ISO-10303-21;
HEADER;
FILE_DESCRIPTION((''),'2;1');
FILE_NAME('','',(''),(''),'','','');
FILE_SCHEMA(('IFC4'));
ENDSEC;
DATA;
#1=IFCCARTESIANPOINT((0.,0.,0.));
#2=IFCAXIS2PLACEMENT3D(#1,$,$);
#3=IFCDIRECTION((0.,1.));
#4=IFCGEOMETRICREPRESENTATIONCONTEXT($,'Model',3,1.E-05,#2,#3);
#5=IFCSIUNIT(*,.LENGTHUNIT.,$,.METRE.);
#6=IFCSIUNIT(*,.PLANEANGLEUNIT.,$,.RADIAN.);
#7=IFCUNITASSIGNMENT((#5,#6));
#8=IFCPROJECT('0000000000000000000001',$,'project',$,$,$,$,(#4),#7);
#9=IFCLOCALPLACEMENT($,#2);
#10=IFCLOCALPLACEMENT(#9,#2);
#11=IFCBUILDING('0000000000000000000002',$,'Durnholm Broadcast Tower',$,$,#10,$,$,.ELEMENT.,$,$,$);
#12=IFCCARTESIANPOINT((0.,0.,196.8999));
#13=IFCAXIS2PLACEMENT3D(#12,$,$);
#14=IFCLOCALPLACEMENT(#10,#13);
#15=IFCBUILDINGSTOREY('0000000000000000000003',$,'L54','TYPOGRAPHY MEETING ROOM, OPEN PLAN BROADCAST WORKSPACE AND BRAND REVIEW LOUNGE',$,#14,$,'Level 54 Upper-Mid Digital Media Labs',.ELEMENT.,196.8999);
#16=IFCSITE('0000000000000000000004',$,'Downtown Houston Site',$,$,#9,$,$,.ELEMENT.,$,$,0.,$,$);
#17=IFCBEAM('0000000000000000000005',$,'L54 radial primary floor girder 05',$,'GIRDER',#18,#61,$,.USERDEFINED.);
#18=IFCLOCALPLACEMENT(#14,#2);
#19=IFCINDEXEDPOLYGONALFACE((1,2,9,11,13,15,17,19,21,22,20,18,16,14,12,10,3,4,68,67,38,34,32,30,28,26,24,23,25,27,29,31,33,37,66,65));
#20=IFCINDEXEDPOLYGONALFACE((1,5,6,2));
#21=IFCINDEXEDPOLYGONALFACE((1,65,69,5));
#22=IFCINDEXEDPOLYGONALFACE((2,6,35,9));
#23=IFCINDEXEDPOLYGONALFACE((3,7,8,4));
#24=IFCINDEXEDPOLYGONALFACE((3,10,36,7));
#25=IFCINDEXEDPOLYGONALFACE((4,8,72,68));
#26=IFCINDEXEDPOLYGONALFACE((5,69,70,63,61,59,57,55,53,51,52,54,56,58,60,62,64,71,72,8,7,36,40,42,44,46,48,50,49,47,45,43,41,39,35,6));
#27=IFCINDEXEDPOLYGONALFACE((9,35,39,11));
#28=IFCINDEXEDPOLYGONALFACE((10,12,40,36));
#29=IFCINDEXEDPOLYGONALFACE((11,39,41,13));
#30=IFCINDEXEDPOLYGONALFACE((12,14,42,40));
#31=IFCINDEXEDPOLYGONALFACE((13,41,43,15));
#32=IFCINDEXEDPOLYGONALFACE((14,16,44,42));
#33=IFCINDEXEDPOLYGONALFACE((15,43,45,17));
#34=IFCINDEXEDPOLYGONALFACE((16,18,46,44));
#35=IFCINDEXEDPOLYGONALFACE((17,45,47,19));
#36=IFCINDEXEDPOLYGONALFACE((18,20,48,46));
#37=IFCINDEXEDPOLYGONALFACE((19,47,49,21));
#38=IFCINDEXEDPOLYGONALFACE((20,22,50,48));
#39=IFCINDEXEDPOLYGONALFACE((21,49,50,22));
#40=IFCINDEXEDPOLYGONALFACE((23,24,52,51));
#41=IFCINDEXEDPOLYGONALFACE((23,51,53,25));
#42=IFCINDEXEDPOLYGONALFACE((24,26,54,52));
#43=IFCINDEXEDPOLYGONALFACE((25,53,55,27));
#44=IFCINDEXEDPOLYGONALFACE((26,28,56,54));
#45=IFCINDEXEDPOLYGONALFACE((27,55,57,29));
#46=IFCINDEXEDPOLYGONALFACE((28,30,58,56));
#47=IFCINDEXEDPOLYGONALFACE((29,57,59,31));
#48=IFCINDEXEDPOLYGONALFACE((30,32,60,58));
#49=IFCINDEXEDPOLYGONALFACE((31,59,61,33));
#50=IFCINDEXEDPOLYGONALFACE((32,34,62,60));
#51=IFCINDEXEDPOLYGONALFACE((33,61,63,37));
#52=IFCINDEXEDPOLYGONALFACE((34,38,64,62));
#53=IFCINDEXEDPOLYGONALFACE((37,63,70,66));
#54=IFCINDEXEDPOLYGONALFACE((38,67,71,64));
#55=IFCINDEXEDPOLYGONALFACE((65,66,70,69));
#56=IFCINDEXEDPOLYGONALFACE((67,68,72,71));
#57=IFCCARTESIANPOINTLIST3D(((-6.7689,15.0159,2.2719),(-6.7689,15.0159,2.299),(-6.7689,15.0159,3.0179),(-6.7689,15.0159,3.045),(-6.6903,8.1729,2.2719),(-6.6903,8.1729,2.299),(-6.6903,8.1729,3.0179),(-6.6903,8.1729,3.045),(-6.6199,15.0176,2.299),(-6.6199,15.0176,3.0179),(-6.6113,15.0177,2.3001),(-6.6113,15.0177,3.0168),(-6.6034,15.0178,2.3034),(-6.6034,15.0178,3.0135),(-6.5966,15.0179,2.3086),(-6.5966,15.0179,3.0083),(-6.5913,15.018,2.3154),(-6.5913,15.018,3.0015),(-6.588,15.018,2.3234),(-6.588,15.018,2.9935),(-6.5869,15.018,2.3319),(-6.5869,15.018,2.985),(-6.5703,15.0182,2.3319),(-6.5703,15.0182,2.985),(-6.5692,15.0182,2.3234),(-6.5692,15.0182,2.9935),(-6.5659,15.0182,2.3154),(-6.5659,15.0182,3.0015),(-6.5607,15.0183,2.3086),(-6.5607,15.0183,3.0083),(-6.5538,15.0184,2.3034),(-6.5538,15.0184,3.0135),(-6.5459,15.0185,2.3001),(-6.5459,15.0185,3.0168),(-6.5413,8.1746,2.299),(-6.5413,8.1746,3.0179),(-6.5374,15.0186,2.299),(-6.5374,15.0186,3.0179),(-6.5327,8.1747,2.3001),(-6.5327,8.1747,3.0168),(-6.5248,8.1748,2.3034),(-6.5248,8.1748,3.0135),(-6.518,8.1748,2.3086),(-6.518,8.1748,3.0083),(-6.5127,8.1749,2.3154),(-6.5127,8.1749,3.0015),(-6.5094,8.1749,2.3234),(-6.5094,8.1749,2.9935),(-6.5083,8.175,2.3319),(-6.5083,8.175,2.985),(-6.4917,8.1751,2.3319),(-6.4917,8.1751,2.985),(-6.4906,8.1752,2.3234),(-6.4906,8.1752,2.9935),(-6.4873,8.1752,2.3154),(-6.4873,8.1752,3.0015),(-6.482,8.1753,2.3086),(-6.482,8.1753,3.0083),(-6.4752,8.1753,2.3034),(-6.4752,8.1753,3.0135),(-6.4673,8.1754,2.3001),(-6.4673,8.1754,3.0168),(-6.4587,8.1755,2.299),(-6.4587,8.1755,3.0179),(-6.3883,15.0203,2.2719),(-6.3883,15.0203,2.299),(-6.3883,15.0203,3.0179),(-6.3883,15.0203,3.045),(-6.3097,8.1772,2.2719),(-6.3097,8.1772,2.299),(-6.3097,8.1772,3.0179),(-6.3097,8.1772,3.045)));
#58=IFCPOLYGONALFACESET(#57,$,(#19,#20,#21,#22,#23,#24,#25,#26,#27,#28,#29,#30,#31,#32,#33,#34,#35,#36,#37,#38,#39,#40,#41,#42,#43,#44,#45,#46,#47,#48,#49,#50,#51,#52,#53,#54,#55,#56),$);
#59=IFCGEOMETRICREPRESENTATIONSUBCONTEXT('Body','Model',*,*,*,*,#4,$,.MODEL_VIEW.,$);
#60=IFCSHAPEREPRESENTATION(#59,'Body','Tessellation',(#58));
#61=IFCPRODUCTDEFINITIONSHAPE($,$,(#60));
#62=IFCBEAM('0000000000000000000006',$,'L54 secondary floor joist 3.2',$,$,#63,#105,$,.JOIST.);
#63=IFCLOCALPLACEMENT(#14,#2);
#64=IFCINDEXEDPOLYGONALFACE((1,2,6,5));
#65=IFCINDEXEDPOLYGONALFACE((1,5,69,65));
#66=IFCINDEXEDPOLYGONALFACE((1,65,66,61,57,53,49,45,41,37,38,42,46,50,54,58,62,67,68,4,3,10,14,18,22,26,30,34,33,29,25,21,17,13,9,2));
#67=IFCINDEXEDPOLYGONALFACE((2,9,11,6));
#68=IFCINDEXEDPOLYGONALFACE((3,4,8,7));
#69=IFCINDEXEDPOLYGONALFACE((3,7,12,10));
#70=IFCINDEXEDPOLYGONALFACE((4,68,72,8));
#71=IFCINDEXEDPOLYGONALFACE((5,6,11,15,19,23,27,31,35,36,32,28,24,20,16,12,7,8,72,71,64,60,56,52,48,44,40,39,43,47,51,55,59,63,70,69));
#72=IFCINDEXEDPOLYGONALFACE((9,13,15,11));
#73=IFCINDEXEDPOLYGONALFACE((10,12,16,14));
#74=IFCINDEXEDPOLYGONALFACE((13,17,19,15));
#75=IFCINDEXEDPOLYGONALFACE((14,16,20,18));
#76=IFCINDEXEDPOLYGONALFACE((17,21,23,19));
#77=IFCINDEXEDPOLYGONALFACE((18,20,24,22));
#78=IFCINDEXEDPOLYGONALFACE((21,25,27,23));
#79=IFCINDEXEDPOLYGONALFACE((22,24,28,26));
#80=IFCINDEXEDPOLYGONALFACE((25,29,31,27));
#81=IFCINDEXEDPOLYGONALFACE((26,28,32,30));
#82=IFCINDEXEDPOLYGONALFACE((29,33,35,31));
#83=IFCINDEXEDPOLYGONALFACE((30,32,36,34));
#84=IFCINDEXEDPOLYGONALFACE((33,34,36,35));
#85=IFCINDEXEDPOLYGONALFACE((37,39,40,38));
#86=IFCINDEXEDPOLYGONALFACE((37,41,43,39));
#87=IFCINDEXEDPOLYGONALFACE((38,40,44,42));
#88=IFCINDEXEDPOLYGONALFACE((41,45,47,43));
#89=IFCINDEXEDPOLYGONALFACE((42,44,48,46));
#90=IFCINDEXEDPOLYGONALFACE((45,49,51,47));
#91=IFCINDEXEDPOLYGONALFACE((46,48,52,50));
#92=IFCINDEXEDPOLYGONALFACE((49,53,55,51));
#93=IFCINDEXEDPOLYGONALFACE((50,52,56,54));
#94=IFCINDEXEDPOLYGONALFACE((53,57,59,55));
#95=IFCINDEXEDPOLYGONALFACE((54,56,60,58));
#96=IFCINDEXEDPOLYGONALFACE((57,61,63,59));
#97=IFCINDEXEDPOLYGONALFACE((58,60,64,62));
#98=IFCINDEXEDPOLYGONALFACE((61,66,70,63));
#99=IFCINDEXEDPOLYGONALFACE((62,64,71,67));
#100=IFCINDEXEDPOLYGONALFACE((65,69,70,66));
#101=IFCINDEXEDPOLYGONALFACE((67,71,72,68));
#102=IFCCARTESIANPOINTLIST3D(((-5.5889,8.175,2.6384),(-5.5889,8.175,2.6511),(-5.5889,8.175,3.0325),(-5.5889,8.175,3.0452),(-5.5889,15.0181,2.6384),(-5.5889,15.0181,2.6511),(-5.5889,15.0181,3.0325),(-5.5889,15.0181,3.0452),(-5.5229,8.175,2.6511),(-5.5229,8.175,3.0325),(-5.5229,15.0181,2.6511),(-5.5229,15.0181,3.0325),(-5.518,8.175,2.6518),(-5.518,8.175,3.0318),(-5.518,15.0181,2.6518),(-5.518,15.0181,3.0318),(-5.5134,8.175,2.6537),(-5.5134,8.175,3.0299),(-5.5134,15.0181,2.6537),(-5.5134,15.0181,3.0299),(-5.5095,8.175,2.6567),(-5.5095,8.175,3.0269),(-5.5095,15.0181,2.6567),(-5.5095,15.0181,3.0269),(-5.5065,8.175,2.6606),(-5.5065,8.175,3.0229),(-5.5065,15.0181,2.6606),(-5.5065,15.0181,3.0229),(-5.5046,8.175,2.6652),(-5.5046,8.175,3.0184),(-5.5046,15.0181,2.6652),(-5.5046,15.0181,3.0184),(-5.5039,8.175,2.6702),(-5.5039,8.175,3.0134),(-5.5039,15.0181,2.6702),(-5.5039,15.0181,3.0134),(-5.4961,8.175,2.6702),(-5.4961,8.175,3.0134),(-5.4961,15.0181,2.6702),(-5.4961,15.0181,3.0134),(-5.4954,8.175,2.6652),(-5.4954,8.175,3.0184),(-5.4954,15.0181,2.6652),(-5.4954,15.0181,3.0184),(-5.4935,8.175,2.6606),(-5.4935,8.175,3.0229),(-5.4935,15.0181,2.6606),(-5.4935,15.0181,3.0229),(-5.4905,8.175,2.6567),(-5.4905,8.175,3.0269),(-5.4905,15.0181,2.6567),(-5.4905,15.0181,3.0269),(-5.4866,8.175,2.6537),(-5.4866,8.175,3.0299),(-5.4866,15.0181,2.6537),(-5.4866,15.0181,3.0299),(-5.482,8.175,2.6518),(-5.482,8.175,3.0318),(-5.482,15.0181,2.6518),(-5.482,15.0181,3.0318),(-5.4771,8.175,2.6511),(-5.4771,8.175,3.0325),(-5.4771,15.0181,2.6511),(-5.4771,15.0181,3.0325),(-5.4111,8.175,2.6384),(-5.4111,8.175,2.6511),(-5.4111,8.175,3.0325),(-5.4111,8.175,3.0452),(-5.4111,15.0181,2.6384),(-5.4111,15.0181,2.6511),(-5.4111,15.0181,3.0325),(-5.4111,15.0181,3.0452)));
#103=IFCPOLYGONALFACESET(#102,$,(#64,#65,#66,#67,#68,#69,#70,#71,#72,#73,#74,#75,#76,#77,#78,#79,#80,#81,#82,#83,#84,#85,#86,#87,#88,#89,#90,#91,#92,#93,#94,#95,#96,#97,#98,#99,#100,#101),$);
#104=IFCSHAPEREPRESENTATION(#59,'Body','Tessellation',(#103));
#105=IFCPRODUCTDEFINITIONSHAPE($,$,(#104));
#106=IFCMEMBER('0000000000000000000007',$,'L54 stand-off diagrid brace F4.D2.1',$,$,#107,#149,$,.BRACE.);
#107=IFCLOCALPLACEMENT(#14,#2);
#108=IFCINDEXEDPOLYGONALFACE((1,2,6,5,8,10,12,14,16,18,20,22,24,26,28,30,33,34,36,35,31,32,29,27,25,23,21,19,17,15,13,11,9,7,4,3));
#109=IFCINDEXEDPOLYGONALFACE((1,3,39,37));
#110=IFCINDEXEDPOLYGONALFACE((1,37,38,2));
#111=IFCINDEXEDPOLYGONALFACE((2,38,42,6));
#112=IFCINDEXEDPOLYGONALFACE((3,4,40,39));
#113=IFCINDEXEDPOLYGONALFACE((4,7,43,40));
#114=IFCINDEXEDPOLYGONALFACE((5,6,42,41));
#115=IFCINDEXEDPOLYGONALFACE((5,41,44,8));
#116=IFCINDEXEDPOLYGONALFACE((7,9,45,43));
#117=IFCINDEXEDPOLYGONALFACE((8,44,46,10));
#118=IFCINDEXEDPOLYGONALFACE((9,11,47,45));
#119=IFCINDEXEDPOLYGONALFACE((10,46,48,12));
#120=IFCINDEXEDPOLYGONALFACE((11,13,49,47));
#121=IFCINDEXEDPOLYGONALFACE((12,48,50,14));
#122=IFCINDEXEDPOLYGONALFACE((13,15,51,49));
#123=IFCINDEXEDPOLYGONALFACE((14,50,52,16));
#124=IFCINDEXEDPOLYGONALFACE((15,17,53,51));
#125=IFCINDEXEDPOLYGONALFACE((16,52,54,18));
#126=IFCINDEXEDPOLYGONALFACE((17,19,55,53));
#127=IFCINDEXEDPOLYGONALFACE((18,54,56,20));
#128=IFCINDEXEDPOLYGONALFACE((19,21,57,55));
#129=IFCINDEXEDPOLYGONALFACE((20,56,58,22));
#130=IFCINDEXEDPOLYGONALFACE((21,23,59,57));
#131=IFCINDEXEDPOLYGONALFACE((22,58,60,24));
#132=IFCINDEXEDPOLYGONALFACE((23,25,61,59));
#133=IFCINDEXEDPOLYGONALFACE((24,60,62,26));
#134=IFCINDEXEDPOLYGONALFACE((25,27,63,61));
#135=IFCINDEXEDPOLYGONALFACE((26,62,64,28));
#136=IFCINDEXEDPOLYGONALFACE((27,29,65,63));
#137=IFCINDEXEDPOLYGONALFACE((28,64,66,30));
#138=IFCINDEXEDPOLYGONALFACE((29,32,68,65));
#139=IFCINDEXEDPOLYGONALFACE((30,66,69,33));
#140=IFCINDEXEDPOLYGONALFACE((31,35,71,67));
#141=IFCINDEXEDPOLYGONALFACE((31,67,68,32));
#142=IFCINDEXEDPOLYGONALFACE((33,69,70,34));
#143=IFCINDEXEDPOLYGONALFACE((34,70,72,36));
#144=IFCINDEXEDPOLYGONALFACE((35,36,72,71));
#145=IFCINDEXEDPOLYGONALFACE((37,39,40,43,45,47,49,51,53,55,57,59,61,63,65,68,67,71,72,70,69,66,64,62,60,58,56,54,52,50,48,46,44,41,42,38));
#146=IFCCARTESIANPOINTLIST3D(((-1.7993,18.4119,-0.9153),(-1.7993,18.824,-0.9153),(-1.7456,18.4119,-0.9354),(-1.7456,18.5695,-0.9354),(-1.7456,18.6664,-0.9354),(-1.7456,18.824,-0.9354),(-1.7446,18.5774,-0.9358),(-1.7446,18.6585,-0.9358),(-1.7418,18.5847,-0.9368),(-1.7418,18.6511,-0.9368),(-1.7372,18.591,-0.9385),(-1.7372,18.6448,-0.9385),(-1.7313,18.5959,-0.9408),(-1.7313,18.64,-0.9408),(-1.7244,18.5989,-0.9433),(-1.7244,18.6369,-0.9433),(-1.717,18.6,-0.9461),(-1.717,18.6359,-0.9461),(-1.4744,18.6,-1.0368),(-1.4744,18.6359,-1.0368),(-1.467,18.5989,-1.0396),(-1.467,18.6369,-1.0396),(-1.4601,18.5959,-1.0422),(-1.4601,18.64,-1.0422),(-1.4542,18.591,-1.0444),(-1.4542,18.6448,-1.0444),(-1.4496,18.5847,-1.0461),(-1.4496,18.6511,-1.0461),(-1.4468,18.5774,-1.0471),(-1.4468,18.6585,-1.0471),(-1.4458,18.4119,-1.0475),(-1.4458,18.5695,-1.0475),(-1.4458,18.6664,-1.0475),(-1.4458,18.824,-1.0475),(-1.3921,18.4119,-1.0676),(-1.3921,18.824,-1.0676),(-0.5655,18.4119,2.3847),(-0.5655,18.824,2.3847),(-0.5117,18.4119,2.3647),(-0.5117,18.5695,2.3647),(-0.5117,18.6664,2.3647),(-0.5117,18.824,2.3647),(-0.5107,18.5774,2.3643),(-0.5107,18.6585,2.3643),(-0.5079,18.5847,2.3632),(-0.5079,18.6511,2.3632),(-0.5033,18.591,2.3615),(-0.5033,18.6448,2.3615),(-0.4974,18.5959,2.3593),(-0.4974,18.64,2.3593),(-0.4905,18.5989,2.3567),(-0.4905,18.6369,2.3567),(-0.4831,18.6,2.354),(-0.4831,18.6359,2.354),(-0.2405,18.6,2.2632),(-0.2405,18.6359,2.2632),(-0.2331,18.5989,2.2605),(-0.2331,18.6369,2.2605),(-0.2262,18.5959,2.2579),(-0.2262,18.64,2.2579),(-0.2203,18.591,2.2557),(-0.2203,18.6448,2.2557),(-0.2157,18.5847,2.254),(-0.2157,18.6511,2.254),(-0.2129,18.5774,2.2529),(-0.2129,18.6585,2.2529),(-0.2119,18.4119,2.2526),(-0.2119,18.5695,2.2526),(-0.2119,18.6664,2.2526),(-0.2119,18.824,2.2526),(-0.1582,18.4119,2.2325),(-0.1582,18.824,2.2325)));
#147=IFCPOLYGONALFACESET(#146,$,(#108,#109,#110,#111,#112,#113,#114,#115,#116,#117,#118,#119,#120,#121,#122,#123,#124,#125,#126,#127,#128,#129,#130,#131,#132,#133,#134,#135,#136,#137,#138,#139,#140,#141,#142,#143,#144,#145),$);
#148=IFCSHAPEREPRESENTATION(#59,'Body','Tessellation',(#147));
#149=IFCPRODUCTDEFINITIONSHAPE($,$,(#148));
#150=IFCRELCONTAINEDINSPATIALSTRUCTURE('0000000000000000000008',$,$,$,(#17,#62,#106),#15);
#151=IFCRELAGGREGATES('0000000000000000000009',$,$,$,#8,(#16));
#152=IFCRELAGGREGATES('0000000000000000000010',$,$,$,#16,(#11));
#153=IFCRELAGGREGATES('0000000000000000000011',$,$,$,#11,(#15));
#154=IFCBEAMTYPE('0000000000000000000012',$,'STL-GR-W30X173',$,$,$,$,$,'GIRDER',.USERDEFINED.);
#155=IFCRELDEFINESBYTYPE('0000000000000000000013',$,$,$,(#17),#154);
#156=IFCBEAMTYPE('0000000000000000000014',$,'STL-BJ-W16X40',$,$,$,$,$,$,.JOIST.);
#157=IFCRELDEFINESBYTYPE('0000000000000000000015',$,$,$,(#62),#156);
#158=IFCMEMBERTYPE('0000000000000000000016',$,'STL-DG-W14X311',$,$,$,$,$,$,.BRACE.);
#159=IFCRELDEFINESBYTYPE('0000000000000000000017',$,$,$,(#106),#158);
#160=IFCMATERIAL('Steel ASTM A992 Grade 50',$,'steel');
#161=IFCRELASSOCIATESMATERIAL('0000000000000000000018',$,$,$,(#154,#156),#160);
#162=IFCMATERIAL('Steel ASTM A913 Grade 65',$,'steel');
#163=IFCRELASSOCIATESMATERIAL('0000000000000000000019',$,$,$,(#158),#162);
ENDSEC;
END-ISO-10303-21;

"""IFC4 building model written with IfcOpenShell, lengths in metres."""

from ifc_helpers import new_model, si_unit, direction, frame, origin, origin_2d, place, context, subcontext, project, spatial, i_section, extrude, source, transform, mapped, material, material_profile, profile_set, type_object, type_shapes, element, save


model = new_model("IFC4")

# Units and contexts
model_context = context("Model", 3, precision=1e-05, world=origin(), true_north=direction((0.0, 1.0)))
body_context = subcontext(model_context, "Body", "Model", "MODEL_VIEW")
ifc_project = project(units=[si_unit("LENGTHUNIT", "METRE"), si_unit("PLANEANGLEUNIT", "RADIAN")], contexts=[model_context])

# Site, building, storey
site_placement = place(None, origin())
site = spatial("IfcSite", under=ifc_project, at=site_placement, Name="Downtown Houston Site", CompositionType="ELEMENT", RefElevation=0.0)
building_placement = place(site_placement, origin())
building = spatial("IfcBuilding", under=site, at=building_placement, Name="Durnholm Broadcast Tower", CompositionType="ELEMENT")
storey_placement = place(building_placement, frame((0.0, 0.0, 196.8999)))
storey = spatial("IfcBuildingStorey", under=building, at=storey_placement, Name="L54", Description="TYPOGRAPHY MEETING ROOM, OPEN PLAN BROADCAST WORKSPACE AND BRAND REVIEW LOUNGE", LongName="Level 54 Upper-Mid Digital Media Labs", CompositionType="ELEMENT", Elevation=196.8999)

# Beams
ifc_material_1 = material(Name="Steel ASTM A992 Grade 50", Category="steel")
ifc_material_profile_1 = material_profile(ifc_material_1, i_section(OverallWidth=0.3806, OverallDepth=0.7732, WebThickness=0.0166, FlangeThickness=0.0271, FilletRadius=0.033, at=origin_2d()), Name="W30X173")
ifc_profile_set_1 = profile_set([ifc_material_profile_1], Name="Steel ASTM A992 Grade 50")
beam_type_1 = type_object("IfcBeamType", Name="STL-GR-W30X173", ElementType="GIRDER", PredefinedType="USERDEFINED", material=ifc_profile_set_1)
shared_shape_1 = source(origin(), body_context, "Body", "SweptSolid", [
    extrude(i_section(OverallWidth=0.3806, OverallDepth=0.7732, WebThickness=0.0166, FlangeThickness=0.0271, FilletRadius=0.033, at=origin_2d()), origin(), (0.0, 0.0, 1.0), 6.8435),
])
beam_1_placement = place(storey_placement, frame((-6.5, 8.175, 2.6584), z_axis=(-0.011487, 0.999934, 0.0), x_axis=(-0.999934, -0.011487, 0.0)))
element("IfcBeam", 1, at=beam_1_placement, inside=storey, type_object=beam_type_1, Name="L54 radial primary floor girder 05", ObjectType="GIRDER", PredefinedType="USERDEFINED", context=body_context, shape_type="MappedRepresentation", body=[
    mapped(shared_shape_1, transform((0.0, 0.0, 0.0), x_axis=(1.0, 0.0, 0.0), y_axis=(0.0, 1.0, 0.0), z_axis=(0.0, 0.0, 1.0), scale=1.0)),
])
ifc_material_profile_2 = material_profile(ifc_material_1, i_section(OverallWidth=0.1777, OverallDepth=0.4067, WebThickness=0.0078, FlangeThickness=0.0127, FilletRadius=0.019, at=origin_2d()), Name="W16X40")
ifc_profile_set_2 = profile_set([ifc_material_profile_2], Name="Steel ASTM A992 Grade 50")
beam_type_2 = type_object("IfcBeamType", Name="STL-BJ-W16X40", PredefinedType="JOIST", material=ifc_profile_set_2)
shared_shape_2 = source(origin(), body_context, "Body", "SweptSolid", [
    extrude(i_section(OverallWidth=0.1777, OverallDepth=0.4067, WebThickness=0.0078, FlangeThickness=0.0127, FilletRadius=0.019, at=origin_2d()), origin(), (0.0, 0.0, 1.0), 6.843),
])
type_shapes(beam_type_2, [shared_shape_2])
beam_2_placement = place(storey_placement, frame((-5.5, 8.175, 2.8418), z_axis=(0.0, 1.0, 0.0), x_axis=(-1.0, 0.0, 0.0)))
element("IfcBeam", 2, at=beam_2_placement, inside=storey, type_object=beam_type_2, Name="L54 secondary floor joist 3.2", PredefinedType="JOIST", context=body_context, shape_type="MappedRepresentation", body=[
    mapped(shared_shape_2, transform((0.0, 0.0, 0.0), x_axis=(1.0, 0.0, 0.0), y_axis=(0.0, 1.0, 0.0), z_axis=(0.0, 0.0, 1.0), scale=1.0)),
])

# Member
ifc_material_2 = material(Name="Steel ASTM A913 Grade 65", Category="steel")
ifc_material_profile_3 = material_profile(ifc_material_2, i_section(OverallWidth=0.4121, OverallDepth=0.4348, WebThickness=0.0359, FlangeThickness=0.0574, FilletRadius=0.0305, at=origin_2d()), Name="W14X311")
ifc_profile_set_3 = profile_set([ifc_material_profile_3], Name="Steel ASTM A913 Grade 65")
member_type_1 = type_object("IfcMemberType", Name="STL-DG-W14X311", PredefinedType="BRACE", material=ifc_profile_set_3)
shared_shape_3 = source(origin(), body_context, "Body", "SweptSolid", [
    extrude(i_section(OverallWidth=0.4121, OverallDepth=0.4348, WebThickness=0.0359, FlangeThickness=0.0574, FilletRadius=0.0305, at=origin_2d()), origin(), (0.0, 0.0, 1.0), 3.5232),
])
type_shapes(member_type_1, [shared_shape_3])
for number, where, z_axis, x_axis, name in (
    (3, (-1.5957, 18.6179, -0.9915), (0.35022, 0.0, 0.936668), (0.0, 1.0, 0.0), "L54 stand-off diagrid brace F4.D2.1"),
):
    element("IfcMember", number, at=place(storey_placement, frame(where, z_axis=z_axis, x_axis=x_axis)), inside=storey, type_object=member_type_1, Name=name, PredefinedType="BRACE", context=body_context, shape_type="MappedRepresentation", body=[
        mapped(shared_shape_3, transform((0.0, 0.0, 0.0), x_axis=(1.0, 0.0, 0.0), y_axis=(0.0, 1.0, 0.0), z_axis=(0.0, 0.0, 1.0), scale=1.0)),
    ])

save(model, "model.ifc")
